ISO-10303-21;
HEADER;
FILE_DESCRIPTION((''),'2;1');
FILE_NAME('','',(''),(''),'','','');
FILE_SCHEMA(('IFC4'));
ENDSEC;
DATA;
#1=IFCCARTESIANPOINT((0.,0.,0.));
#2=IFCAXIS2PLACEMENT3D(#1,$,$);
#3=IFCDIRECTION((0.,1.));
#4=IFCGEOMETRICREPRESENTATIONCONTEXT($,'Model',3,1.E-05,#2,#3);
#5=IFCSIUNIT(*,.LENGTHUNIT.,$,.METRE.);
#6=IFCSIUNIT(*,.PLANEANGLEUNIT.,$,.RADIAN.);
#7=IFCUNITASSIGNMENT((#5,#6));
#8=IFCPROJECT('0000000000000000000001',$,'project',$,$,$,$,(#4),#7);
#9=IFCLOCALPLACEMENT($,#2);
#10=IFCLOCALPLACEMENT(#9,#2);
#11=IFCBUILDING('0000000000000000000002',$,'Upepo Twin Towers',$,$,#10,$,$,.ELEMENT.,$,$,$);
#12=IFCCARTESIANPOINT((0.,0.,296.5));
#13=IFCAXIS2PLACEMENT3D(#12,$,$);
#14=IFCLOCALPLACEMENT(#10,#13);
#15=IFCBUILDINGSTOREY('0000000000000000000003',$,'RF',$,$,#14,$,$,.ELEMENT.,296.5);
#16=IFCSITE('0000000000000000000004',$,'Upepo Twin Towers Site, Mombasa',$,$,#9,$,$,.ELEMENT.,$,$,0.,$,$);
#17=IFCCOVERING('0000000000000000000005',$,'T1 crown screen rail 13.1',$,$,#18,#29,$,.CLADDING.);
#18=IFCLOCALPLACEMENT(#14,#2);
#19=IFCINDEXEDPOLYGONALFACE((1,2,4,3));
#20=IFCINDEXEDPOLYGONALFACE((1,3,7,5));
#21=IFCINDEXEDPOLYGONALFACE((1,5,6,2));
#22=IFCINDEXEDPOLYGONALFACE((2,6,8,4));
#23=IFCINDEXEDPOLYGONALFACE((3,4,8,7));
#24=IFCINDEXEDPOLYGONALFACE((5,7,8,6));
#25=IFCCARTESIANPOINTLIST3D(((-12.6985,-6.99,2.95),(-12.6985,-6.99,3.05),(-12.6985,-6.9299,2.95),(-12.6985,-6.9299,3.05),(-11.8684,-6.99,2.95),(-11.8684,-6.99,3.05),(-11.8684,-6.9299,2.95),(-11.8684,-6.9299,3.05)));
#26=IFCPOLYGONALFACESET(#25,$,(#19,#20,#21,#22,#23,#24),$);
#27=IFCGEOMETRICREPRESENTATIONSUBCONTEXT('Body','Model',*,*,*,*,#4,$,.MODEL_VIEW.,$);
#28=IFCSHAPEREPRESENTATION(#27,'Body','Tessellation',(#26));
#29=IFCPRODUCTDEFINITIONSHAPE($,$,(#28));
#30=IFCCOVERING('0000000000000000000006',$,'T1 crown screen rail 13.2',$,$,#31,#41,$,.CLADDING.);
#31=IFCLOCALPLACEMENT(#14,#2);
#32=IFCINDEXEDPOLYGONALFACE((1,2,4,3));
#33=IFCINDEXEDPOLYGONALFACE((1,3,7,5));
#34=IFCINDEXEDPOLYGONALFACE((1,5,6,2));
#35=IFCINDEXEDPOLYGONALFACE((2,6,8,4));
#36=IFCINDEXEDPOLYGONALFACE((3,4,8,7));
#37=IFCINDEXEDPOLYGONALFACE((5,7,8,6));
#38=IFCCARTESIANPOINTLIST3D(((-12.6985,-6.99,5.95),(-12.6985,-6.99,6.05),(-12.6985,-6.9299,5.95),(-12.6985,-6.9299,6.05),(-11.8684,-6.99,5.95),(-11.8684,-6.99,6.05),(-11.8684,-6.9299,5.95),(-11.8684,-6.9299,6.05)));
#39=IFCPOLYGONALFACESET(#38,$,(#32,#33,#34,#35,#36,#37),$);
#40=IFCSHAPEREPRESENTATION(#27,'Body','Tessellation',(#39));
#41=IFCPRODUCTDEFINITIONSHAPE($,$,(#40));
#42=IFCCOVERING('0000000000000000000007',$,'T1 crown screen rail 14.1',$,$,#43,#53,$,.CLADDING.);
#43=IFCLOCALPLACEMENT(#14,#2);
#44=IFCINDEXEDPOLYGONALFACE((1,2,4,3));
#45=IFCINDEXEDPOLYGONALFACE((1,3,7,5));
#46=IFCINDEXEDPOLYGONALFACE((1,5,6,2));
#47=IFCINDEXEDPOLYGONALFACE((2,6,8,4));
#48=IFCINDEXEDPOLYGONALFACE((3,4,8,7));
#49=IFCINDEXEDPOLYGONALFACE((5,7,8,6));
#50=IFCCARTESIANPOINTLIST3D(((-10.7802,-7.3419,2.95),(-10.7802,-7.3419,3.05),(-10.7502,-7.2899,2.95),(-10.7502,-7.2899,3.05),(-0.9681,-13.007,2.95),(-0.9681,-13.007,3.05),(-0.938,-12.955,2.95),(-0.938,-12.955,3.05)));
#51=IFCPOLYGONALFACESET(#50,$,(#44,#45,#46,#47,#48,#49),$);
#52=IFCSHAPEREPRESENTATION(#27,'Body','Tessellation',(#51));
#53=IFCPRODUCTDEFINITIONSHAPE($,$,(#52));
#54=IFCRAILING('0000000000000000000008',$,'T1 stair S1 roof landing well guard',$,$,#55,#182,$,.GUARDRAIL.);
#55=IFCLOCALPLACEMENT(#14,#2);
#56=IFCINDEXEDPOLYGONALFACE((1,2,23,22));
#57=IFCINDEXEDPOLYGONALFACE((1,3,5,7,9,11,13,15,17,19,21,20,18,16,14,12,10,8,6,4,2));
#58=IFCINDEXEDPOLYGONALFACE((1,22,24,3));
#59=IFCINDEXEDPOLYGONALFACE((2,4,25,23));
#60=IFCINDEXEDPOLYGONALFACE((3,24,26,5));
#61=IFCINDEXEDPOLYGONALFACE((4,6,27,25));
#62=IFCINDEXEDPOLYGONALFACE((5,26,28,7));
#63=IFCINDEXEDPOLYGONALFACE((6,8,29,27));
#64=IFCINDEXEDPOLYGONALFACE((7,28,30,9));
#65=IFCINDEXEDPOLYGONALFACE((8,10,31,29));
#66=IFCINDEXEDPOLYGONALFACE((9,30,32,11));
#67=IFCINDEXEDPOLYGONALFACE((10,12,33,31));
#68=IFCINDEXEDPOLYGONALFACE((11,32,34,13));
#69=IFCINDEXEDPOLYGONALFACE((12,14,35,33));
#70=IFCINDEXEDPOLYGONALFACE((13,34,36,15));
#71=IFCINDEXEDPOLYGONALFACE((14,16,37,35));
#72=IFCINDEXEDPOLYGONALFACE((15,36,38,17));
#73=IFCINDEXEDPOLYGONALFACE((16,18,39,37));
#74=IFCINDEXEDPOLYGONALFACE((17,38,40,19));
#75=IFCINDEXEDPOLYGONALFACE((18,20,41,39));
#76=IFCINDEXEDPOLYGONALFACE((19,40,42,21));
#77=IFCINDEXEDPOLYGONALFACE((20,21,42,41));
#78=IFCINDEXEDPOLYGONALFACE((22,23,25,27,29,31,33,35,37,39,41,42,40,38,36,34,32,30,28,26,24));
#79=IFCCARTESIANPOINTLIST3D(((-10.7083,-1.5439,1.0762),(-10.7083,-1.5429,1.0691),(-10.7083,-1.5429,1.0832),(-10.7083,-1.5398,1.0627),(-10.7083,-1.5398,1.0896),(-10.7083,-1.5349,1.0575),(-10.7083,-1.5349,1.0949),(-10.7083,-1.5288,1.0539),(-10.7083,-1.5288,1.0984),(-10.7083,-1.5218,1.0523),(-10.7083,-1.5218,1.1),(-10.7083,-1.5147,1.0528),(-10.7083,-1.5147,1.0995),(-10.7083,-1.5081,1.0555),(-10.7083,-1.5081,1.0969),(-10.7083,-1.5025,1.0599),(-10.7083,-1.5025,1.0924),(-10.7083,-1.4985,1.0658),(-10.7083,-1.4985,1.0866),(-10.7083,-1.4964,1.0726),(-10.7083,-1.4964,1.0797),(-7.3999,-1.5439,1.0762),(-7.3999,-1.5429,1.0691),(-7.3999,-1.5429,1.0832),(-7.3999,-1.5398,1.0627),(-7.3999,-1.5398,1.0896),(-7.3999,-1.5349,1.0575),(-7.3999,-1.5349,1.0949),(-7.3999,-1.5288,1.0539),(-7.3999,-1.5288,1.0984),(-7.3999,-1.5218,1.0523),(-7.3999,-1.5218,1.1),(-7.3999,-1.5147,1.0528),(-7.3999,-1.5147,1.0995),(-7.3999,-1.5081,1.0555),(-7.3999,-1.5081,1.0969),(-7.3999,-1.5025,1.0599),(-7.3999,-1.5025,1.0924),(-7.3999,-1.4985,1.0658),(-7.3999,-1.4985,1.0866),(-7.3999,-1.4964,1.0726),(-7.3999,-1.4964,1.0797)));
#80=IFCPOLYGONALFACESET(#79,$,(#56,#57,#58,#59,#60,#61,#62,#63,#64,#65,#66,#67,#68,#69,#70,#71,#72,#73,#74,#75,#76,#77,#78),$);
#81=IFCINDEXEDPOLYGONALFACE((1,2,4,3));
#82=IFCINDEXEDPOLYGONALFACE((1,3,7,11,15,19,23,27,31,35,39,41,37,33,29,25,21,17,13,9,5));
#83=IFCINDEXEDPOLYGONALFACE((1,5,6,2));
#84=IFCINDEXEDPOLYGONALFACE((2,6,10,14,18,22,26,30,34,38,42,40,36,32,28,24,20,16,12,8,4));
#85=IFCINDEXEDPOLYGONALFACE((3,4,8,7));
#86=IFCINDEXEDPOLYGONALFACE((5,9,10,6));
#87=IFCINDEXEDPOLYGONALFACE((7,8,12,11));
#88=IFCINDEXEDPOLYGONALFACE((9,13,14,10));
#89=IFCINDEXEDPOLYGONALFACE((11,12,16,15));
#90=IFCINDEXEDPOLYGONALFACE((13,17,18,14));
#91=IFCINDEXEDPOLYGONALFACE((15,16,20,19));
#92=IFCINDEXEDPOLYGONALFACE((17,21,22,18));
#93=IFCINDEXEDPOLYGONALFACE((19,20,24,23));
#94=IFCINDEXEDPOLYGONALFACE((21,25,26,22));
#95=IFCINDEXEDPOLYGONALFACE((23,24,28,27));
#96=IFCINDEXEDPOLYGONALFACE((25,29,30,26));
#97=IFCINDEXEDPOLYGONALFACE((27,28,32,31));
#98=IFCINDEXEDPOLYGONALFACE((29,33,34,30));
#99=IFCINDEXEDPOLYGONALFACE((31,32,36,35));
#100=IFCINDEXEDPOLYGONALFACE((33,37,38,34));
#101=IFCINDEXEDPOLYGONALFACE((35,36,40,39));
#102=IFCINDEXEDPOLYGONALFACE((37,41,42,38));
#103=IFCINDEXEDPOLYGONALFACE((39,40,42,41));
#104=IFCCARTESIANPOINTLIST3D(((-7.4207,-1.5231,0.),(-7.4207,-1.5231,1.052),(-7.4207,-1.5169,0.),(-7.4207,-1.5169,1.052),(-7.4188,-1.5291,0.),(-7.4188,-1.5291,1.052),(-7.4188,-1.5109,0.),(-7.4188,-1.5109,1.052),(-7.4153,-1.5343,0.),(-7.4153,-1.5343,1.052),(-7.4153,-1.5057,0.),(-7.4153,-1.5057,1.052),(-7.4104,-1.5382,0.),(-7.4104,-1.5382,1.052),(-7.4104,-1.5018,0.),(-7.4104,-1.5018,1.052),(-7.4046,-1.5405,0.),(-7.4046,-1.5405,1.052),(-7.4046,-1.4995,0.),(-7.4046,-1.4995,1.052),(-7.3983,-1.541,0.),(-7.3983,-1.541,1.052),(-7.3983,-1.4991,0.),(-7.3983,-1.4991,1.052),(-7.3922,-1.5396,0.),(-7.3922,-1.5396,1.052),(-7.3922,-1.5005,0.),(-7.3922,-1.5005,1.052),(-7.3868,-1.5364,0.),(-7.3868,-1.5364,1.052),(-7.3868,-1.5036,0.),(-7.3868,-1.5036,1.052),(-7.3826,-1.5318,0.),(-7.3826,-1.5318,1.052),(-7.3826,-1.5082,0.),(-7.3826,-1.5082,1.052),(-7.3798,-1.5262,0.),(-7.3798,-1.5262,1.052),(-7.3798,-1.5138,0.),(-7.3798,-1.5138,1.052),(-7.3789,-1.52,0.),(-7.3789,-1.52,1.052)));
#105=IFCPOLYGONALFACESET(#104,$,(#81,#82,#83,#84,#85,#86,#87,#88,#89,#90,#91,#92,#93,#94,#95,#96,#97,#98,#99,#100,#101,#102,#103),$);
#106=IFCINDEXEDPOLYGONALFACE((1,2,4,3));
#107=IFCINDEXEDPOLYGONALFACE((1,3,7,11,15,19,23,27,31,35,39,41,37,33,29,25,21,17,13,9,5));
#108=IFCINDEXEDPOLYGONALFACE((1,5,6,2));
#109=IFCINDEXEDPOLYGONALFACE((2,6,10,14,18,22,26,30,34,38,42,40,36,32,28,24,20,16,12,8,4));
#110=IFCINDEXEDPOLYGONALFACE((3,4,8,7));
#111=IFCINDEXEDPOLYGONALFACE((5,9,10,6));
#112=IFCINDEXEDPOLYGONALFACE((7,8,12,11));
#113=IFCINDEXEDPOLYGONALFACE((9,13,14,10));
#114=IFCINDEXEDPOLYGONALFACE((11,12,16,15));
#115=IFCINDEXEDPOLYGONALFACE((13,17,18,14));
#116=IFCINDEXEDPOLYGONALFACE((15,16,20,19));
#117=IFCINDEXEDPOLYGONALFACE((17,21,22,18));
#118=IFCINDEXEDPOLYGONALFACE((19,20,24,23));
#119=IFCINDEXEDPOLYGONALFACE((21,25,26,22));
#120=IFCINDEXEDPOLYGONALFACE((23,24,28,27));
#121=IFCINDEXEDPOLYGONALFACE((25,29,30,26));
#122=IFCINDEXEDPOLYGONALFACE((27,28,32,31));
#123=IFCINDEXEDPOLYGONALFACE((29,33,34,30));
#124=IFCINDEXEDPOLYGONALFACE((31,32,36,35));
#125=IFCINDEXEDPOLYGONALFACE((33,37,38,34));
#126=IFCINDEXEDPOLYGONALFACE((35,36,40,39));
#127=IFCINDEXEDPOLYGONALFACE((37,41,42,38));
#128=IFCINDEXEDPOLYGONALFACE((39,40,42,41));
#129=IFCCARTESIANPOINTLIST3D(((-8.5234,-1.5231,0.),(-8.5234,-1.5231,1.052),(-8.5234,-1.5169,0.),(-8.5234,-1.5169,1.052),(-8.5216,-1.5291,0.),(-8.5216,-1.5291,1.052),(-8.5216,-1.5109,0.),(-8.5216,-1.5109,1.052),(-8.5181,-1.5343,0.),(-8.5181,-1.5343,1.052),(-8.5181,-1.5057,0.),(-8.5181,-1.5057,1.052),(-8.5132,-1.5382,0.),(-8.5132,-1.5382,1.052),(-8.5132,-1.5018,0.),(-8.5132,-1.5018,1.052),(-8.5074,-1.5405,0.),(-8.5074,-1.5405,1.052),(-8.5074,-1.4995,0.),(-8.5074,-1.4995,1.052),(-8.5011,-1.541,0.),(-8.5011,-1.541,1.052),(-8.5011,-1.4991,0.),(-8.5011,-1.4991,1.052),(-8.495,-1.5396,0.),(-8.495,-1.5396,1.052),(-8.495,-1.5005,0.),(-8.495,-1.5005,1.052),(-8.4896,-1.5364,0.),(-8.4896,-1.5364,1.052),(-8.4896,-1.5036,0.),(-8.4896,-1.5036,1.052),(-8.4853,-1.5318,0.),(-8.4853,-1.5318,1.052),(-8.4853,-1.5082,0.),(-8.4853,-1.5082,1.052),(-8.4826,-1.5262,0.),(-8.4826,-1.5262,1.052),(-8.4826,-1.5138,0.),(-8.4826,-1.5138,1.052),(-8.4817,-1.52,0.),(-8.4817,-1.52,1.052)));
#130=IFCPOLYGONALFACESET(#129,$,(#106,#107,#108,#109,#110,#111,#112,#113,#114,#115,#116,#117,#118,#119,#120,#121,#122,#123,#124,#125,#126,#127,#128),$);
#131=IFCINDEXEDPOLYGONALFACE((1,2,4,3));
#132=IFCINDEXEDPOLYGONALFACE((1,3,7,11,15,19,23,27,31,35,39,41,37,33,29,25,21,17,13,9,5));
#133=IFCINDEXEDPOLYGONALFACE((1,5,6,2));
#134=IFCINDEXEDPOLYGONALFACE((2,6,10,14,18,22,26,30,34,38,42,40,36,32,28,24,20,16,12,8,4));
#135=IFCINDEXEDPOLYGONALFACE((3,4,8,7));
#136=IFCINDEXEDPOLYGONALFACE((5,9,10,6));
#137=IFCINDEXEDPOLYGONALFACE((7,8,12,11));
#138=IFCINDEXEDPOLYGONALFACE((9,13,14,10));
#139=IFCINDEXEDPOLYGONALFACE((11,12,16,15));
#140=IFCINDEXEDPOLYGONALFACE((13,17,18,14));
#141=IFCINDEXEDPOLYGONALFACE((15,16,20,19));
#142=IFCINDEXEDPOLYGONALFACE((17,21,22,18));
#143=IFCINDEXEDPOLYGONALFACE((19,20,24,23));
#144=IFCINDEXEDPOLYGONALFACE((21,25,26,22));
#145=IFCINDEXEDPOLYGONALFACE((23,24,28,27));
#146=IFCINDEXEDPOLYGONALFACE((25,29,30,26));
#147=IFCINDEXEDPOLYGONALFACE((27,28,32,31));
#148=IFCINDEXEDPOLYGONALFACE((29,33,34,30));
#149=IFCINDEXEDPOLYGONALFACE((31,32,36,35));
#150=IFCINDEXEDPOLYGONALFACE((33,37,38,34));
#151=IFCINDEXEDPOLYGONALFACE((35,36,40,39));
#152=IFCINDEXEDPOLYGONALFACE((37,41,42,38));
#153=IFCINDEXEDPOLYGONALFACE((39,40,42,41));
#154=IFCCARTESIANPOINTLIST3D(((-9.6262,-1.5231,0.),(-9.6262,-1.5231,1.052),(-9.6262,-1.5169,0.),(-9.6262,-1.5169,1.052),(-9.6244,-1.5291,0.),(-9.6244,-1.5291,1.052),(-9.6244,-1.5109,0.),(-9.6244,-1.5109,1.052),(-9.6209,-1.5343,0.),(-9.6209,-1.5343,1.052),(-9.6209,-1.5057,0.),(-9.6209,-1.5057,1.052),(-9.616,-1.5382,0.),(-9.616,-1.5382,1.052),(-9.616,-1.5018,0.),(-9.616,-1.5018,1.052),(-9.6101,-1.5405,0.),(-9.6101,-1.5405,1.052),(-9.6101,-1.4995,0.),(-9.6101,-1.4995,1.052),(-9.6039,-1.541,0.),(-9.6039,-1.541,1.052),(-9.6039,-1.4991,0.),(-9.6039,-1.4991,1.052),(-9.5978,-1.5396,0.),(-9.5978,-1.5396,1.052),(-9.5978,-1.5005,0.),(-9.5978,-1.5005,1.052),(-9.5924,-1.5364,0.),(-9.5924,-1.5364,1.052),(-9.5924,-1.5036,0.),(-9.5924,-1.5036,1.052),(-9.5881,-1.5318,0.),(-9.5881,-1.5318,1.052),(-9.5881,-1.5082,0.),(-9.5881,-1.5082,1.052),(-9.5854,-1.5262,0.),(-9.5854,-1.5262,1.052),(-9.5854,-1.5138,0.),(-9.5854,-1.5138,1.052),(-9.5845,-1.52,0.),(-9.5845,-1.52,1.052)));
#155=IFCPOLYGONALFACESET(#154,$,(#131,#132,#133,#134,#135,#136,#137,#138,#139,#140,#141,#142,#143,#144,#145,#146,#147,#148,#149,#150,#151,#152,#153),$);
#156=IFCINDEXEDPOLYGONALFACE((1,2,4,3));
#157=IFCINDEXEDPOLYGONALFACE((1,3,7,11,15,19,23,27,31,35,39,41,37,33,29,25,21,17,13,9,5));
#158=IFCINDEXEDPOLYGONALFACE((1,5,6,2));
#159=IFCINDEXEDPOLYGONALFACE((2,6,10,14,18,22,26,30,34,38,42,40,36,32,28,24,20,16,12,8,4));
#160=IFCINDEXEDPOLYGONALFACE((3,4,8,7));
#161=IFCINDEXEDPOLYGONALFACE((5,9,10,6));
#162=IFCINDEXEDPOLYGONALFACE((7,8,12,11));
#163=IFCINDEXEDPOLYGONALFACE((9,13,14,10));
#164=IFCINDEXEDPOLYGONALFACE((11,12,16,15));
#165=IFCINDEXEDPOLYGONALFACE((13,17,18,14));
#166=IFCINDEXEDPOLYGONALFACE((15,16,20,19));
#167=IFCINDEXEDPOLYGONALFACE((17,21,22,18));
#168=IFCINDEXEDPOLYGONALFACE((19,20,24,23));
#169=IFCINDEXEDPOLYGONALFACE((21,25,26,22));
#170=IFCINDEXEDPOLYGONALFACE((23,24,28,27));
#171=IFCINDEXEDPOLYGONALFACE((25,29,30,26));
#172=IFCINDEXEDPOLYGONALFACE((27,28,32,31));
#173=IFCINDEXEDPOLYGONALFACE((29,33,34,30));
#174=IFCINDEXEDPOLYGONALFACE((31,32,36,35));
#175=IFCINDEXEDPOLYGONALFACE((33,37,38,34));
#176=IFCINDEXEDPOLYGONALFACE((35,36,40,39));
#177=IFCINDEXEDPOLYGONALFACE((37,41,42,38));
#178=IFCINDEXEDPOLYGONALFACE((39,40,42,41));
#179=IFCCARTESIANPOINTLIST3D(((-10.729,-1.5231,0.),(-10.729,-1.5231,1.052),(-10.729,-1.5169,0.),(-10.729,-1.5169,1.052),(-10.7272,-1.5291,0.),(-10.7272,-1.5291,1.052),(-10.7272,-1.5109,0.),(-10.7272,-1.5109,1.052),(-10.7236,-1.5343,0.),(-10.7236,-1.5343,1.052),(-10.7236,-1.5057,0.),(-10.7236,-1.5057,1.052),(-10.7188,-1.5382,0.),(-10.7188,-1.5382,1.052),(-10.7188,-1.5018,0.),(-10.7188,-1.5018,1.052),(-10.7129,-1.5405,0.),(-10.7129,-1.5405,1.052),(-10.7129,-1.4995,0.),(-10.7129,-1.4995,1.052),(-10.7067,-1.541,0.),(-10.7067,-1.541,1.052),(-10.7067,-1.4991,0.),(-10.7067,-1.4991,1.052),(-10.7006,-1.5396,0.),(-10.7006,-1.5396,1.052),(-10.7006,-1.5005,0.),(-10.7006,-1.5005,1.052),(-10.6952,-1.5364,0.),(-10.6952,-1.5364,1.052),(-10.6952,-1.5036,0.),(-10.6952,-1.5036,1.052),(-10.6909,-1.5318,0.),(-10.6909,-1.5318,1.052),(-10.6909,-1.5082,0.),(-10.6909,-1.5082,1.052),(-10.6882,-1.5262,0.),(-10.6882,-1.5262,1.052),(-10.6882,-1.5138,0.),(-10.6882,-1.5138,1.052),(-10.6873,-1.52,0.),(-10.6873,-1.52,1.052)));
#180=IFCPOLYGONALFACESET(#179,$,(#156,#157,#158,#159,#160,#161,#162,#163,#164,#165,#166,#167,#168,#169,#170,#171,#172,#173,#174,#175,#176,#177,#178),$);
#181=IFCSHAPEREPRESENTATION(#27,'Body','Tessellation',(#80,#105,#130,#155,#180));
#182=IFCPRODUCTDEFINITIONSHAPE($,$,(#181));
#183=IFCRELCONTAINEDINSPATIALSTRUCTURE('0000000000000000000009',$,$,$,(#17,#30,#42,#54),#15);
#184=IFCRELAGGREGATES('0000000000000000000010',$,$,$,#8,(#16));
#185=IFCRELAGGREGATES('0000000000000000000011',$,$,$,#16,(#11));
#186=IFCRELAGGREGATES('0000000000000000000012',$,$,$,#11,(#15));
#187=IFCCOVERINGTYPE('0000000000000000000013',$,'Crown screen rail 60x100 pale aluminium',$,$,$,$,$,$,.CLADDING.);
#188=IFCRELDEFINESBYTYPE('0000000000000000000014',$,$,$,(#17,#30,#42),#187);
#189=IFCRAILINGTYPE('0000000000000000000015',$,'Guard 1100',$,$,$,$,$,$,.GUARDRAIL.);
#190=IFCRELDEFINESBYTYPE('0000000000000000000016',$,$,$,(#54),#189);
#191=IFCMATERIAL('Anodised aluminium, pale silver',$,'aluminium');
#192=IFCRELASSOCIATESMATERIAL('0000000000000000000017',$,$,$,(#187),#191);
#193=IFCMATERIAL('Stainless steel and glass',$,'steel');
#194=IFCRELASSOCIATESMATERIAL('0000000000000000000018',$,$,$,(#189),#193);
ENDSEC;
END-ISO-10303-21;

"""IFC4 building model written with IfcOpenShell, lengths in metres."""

from ifc_helpers import new_model, si_unit, direction, frame, origin, origin_2d, place, context, subcontext, project, spatial, rectangle, circle, extrude, material, type_object, element, save


model = new_model("IFC4")

# Units and contexts
model_context = context("Model", 3, precision=1e-05, world=origin(), true_north=direction((0.0, 1.0)))
body_context = subcontext(model_context, "Body", "Model", "MODEL_VIEW")
ifc_project = project(units=[si_unit("LENGTHUNIT", "METRE"), si_unit("PLANEANGLEUNIT", "RADIAN")], contexts=[model_context])

# Site, building, storey
site_placement = place(None, origin())
site = spatial("IfcSite", under=ifc_project, at=site_placement, Name="Upepo Twin Towers Site, Mombasa", CompositionType="ELEMENT", RefElevation=0.0)
building_placement = place(site_placement, origin())
building = spatial("IfcBuilding", under=site, at=building_placement, Name="Upepo Twin Towers", CompositionType="ELEMENT")
storey_placement = place(building_placement, frame((0.0, 0.0, 296.5)))
storey = spatial("IfcBuildingStorey", under=building, at=storey_placement, Name="RF", CompositionType="ELEMENT", Elevation=296.5)

# Coverings
ifc_material_1 = material(Name="Anodised aluminium, pale silver", Category="aluminium")
covering_type_1 = type_object("IfcCoveringType", Name="Crown screen rail 60x100 pale aluminium", PredefinedType="CLADDING", material=ifc_material_1)
for number, where, z_axis, x_axis, name in (
    (1, (-12.2834, -6.96, 2.95), (0.0, 0.0, 1.0), (1.0, 0.0, 0.0), "T1 crown screen rail 13.1"),
    (2, (-12.2834, -6.96, 5.95), (0.0, 0.0, 1.0), (1.0, 0.0, 0.0), "T1 crown screen rail 13.2"),
):
    element("IfcCovering", number, at=place(storey_placement, frame(where, z_axis=z_axis, x_axis=x_axis)), inside=storey, type_object=covering_type_1, Name=name, PredefinedType="CLADDING", context=body_context, shape_type="SweptSolid", body=[
        extrude(rectangle(XDim=0.8301, YDim=0.0601, at=origin_2d()), origin(), (0.0, 0.0, 1.0), 0.1001),
    ])
covering_1_placement = place(storey_placement, frame((-5.8591, -10.1484, 2.95), z_axis=(0.0, 0.0, 1.0), x_axis=(0.866025, -0.5, 0.0)))
element("IfcCovering", 3, at=covering_1_placement, inside=storey, type_object=covering_type_1, Name="T1 crown screen rail 14.1", PredefinedType="CLADDING", context=body_context, shape_type="SweptSolid", body=[
    extrude(rectangle(XDim=11.3301, YDim=0.0601, at=origin_2d()), origin(), (0.0, 0.0, 1.0), 0.1001),
])

# Railing
ifc_material_2 = material(Name="Stainless steel and glass", Category="steel")
railing_type_1 = type_object("IfcRailingType", Name="Guard 1100", PredefinedType="GUARDRAIL", material=ifc_material_2)
railing_1_placement = place(storey_placement, frame((-7.3999, -1.52, 0.0)))
element("IfcRailing", 4, at=railing_1_placement, inside=storey, type_object=railing_type_1, Name="T1 stair S1 roof landing well guard", PredefinedType="GUARDRAIL", context=body_context, shape_type="SweptSolid", body=[
    extrude(circle(Radius=0.0239, at=origin_2d()), frame((0.0, 0.0, 1.0762), z_axis=(-1.0, 0.0, 0.0), x_axis=(0.0, -1.0, 0.0)), (0.0, 0.0, 1.0), 3.3083),
    extrude(circle(Radius=0.021, at=origin_2d()), origin(), (0.0, 0.0, 1.0), 1.052),
    extrude(circle(Radius=0.021, at=origin_2d()), frame((-1.1028, 0.0, 0.0)), (0.0, 0.0, 1.0), 1.052),
    extrude(circle(Radius=0.021, at=origin_2d()), frame((-2.2056, 0.0, 0.0)), (0.0, 0.0, 1.0), 1.052),
    extrude(circle(Radius=0.021, at=origin_2d()), frame((-3.3083, 0.0, 0.0)), (0.0, 0.0, 1.0), 1.052),
])

save(model, "model.ifc")
